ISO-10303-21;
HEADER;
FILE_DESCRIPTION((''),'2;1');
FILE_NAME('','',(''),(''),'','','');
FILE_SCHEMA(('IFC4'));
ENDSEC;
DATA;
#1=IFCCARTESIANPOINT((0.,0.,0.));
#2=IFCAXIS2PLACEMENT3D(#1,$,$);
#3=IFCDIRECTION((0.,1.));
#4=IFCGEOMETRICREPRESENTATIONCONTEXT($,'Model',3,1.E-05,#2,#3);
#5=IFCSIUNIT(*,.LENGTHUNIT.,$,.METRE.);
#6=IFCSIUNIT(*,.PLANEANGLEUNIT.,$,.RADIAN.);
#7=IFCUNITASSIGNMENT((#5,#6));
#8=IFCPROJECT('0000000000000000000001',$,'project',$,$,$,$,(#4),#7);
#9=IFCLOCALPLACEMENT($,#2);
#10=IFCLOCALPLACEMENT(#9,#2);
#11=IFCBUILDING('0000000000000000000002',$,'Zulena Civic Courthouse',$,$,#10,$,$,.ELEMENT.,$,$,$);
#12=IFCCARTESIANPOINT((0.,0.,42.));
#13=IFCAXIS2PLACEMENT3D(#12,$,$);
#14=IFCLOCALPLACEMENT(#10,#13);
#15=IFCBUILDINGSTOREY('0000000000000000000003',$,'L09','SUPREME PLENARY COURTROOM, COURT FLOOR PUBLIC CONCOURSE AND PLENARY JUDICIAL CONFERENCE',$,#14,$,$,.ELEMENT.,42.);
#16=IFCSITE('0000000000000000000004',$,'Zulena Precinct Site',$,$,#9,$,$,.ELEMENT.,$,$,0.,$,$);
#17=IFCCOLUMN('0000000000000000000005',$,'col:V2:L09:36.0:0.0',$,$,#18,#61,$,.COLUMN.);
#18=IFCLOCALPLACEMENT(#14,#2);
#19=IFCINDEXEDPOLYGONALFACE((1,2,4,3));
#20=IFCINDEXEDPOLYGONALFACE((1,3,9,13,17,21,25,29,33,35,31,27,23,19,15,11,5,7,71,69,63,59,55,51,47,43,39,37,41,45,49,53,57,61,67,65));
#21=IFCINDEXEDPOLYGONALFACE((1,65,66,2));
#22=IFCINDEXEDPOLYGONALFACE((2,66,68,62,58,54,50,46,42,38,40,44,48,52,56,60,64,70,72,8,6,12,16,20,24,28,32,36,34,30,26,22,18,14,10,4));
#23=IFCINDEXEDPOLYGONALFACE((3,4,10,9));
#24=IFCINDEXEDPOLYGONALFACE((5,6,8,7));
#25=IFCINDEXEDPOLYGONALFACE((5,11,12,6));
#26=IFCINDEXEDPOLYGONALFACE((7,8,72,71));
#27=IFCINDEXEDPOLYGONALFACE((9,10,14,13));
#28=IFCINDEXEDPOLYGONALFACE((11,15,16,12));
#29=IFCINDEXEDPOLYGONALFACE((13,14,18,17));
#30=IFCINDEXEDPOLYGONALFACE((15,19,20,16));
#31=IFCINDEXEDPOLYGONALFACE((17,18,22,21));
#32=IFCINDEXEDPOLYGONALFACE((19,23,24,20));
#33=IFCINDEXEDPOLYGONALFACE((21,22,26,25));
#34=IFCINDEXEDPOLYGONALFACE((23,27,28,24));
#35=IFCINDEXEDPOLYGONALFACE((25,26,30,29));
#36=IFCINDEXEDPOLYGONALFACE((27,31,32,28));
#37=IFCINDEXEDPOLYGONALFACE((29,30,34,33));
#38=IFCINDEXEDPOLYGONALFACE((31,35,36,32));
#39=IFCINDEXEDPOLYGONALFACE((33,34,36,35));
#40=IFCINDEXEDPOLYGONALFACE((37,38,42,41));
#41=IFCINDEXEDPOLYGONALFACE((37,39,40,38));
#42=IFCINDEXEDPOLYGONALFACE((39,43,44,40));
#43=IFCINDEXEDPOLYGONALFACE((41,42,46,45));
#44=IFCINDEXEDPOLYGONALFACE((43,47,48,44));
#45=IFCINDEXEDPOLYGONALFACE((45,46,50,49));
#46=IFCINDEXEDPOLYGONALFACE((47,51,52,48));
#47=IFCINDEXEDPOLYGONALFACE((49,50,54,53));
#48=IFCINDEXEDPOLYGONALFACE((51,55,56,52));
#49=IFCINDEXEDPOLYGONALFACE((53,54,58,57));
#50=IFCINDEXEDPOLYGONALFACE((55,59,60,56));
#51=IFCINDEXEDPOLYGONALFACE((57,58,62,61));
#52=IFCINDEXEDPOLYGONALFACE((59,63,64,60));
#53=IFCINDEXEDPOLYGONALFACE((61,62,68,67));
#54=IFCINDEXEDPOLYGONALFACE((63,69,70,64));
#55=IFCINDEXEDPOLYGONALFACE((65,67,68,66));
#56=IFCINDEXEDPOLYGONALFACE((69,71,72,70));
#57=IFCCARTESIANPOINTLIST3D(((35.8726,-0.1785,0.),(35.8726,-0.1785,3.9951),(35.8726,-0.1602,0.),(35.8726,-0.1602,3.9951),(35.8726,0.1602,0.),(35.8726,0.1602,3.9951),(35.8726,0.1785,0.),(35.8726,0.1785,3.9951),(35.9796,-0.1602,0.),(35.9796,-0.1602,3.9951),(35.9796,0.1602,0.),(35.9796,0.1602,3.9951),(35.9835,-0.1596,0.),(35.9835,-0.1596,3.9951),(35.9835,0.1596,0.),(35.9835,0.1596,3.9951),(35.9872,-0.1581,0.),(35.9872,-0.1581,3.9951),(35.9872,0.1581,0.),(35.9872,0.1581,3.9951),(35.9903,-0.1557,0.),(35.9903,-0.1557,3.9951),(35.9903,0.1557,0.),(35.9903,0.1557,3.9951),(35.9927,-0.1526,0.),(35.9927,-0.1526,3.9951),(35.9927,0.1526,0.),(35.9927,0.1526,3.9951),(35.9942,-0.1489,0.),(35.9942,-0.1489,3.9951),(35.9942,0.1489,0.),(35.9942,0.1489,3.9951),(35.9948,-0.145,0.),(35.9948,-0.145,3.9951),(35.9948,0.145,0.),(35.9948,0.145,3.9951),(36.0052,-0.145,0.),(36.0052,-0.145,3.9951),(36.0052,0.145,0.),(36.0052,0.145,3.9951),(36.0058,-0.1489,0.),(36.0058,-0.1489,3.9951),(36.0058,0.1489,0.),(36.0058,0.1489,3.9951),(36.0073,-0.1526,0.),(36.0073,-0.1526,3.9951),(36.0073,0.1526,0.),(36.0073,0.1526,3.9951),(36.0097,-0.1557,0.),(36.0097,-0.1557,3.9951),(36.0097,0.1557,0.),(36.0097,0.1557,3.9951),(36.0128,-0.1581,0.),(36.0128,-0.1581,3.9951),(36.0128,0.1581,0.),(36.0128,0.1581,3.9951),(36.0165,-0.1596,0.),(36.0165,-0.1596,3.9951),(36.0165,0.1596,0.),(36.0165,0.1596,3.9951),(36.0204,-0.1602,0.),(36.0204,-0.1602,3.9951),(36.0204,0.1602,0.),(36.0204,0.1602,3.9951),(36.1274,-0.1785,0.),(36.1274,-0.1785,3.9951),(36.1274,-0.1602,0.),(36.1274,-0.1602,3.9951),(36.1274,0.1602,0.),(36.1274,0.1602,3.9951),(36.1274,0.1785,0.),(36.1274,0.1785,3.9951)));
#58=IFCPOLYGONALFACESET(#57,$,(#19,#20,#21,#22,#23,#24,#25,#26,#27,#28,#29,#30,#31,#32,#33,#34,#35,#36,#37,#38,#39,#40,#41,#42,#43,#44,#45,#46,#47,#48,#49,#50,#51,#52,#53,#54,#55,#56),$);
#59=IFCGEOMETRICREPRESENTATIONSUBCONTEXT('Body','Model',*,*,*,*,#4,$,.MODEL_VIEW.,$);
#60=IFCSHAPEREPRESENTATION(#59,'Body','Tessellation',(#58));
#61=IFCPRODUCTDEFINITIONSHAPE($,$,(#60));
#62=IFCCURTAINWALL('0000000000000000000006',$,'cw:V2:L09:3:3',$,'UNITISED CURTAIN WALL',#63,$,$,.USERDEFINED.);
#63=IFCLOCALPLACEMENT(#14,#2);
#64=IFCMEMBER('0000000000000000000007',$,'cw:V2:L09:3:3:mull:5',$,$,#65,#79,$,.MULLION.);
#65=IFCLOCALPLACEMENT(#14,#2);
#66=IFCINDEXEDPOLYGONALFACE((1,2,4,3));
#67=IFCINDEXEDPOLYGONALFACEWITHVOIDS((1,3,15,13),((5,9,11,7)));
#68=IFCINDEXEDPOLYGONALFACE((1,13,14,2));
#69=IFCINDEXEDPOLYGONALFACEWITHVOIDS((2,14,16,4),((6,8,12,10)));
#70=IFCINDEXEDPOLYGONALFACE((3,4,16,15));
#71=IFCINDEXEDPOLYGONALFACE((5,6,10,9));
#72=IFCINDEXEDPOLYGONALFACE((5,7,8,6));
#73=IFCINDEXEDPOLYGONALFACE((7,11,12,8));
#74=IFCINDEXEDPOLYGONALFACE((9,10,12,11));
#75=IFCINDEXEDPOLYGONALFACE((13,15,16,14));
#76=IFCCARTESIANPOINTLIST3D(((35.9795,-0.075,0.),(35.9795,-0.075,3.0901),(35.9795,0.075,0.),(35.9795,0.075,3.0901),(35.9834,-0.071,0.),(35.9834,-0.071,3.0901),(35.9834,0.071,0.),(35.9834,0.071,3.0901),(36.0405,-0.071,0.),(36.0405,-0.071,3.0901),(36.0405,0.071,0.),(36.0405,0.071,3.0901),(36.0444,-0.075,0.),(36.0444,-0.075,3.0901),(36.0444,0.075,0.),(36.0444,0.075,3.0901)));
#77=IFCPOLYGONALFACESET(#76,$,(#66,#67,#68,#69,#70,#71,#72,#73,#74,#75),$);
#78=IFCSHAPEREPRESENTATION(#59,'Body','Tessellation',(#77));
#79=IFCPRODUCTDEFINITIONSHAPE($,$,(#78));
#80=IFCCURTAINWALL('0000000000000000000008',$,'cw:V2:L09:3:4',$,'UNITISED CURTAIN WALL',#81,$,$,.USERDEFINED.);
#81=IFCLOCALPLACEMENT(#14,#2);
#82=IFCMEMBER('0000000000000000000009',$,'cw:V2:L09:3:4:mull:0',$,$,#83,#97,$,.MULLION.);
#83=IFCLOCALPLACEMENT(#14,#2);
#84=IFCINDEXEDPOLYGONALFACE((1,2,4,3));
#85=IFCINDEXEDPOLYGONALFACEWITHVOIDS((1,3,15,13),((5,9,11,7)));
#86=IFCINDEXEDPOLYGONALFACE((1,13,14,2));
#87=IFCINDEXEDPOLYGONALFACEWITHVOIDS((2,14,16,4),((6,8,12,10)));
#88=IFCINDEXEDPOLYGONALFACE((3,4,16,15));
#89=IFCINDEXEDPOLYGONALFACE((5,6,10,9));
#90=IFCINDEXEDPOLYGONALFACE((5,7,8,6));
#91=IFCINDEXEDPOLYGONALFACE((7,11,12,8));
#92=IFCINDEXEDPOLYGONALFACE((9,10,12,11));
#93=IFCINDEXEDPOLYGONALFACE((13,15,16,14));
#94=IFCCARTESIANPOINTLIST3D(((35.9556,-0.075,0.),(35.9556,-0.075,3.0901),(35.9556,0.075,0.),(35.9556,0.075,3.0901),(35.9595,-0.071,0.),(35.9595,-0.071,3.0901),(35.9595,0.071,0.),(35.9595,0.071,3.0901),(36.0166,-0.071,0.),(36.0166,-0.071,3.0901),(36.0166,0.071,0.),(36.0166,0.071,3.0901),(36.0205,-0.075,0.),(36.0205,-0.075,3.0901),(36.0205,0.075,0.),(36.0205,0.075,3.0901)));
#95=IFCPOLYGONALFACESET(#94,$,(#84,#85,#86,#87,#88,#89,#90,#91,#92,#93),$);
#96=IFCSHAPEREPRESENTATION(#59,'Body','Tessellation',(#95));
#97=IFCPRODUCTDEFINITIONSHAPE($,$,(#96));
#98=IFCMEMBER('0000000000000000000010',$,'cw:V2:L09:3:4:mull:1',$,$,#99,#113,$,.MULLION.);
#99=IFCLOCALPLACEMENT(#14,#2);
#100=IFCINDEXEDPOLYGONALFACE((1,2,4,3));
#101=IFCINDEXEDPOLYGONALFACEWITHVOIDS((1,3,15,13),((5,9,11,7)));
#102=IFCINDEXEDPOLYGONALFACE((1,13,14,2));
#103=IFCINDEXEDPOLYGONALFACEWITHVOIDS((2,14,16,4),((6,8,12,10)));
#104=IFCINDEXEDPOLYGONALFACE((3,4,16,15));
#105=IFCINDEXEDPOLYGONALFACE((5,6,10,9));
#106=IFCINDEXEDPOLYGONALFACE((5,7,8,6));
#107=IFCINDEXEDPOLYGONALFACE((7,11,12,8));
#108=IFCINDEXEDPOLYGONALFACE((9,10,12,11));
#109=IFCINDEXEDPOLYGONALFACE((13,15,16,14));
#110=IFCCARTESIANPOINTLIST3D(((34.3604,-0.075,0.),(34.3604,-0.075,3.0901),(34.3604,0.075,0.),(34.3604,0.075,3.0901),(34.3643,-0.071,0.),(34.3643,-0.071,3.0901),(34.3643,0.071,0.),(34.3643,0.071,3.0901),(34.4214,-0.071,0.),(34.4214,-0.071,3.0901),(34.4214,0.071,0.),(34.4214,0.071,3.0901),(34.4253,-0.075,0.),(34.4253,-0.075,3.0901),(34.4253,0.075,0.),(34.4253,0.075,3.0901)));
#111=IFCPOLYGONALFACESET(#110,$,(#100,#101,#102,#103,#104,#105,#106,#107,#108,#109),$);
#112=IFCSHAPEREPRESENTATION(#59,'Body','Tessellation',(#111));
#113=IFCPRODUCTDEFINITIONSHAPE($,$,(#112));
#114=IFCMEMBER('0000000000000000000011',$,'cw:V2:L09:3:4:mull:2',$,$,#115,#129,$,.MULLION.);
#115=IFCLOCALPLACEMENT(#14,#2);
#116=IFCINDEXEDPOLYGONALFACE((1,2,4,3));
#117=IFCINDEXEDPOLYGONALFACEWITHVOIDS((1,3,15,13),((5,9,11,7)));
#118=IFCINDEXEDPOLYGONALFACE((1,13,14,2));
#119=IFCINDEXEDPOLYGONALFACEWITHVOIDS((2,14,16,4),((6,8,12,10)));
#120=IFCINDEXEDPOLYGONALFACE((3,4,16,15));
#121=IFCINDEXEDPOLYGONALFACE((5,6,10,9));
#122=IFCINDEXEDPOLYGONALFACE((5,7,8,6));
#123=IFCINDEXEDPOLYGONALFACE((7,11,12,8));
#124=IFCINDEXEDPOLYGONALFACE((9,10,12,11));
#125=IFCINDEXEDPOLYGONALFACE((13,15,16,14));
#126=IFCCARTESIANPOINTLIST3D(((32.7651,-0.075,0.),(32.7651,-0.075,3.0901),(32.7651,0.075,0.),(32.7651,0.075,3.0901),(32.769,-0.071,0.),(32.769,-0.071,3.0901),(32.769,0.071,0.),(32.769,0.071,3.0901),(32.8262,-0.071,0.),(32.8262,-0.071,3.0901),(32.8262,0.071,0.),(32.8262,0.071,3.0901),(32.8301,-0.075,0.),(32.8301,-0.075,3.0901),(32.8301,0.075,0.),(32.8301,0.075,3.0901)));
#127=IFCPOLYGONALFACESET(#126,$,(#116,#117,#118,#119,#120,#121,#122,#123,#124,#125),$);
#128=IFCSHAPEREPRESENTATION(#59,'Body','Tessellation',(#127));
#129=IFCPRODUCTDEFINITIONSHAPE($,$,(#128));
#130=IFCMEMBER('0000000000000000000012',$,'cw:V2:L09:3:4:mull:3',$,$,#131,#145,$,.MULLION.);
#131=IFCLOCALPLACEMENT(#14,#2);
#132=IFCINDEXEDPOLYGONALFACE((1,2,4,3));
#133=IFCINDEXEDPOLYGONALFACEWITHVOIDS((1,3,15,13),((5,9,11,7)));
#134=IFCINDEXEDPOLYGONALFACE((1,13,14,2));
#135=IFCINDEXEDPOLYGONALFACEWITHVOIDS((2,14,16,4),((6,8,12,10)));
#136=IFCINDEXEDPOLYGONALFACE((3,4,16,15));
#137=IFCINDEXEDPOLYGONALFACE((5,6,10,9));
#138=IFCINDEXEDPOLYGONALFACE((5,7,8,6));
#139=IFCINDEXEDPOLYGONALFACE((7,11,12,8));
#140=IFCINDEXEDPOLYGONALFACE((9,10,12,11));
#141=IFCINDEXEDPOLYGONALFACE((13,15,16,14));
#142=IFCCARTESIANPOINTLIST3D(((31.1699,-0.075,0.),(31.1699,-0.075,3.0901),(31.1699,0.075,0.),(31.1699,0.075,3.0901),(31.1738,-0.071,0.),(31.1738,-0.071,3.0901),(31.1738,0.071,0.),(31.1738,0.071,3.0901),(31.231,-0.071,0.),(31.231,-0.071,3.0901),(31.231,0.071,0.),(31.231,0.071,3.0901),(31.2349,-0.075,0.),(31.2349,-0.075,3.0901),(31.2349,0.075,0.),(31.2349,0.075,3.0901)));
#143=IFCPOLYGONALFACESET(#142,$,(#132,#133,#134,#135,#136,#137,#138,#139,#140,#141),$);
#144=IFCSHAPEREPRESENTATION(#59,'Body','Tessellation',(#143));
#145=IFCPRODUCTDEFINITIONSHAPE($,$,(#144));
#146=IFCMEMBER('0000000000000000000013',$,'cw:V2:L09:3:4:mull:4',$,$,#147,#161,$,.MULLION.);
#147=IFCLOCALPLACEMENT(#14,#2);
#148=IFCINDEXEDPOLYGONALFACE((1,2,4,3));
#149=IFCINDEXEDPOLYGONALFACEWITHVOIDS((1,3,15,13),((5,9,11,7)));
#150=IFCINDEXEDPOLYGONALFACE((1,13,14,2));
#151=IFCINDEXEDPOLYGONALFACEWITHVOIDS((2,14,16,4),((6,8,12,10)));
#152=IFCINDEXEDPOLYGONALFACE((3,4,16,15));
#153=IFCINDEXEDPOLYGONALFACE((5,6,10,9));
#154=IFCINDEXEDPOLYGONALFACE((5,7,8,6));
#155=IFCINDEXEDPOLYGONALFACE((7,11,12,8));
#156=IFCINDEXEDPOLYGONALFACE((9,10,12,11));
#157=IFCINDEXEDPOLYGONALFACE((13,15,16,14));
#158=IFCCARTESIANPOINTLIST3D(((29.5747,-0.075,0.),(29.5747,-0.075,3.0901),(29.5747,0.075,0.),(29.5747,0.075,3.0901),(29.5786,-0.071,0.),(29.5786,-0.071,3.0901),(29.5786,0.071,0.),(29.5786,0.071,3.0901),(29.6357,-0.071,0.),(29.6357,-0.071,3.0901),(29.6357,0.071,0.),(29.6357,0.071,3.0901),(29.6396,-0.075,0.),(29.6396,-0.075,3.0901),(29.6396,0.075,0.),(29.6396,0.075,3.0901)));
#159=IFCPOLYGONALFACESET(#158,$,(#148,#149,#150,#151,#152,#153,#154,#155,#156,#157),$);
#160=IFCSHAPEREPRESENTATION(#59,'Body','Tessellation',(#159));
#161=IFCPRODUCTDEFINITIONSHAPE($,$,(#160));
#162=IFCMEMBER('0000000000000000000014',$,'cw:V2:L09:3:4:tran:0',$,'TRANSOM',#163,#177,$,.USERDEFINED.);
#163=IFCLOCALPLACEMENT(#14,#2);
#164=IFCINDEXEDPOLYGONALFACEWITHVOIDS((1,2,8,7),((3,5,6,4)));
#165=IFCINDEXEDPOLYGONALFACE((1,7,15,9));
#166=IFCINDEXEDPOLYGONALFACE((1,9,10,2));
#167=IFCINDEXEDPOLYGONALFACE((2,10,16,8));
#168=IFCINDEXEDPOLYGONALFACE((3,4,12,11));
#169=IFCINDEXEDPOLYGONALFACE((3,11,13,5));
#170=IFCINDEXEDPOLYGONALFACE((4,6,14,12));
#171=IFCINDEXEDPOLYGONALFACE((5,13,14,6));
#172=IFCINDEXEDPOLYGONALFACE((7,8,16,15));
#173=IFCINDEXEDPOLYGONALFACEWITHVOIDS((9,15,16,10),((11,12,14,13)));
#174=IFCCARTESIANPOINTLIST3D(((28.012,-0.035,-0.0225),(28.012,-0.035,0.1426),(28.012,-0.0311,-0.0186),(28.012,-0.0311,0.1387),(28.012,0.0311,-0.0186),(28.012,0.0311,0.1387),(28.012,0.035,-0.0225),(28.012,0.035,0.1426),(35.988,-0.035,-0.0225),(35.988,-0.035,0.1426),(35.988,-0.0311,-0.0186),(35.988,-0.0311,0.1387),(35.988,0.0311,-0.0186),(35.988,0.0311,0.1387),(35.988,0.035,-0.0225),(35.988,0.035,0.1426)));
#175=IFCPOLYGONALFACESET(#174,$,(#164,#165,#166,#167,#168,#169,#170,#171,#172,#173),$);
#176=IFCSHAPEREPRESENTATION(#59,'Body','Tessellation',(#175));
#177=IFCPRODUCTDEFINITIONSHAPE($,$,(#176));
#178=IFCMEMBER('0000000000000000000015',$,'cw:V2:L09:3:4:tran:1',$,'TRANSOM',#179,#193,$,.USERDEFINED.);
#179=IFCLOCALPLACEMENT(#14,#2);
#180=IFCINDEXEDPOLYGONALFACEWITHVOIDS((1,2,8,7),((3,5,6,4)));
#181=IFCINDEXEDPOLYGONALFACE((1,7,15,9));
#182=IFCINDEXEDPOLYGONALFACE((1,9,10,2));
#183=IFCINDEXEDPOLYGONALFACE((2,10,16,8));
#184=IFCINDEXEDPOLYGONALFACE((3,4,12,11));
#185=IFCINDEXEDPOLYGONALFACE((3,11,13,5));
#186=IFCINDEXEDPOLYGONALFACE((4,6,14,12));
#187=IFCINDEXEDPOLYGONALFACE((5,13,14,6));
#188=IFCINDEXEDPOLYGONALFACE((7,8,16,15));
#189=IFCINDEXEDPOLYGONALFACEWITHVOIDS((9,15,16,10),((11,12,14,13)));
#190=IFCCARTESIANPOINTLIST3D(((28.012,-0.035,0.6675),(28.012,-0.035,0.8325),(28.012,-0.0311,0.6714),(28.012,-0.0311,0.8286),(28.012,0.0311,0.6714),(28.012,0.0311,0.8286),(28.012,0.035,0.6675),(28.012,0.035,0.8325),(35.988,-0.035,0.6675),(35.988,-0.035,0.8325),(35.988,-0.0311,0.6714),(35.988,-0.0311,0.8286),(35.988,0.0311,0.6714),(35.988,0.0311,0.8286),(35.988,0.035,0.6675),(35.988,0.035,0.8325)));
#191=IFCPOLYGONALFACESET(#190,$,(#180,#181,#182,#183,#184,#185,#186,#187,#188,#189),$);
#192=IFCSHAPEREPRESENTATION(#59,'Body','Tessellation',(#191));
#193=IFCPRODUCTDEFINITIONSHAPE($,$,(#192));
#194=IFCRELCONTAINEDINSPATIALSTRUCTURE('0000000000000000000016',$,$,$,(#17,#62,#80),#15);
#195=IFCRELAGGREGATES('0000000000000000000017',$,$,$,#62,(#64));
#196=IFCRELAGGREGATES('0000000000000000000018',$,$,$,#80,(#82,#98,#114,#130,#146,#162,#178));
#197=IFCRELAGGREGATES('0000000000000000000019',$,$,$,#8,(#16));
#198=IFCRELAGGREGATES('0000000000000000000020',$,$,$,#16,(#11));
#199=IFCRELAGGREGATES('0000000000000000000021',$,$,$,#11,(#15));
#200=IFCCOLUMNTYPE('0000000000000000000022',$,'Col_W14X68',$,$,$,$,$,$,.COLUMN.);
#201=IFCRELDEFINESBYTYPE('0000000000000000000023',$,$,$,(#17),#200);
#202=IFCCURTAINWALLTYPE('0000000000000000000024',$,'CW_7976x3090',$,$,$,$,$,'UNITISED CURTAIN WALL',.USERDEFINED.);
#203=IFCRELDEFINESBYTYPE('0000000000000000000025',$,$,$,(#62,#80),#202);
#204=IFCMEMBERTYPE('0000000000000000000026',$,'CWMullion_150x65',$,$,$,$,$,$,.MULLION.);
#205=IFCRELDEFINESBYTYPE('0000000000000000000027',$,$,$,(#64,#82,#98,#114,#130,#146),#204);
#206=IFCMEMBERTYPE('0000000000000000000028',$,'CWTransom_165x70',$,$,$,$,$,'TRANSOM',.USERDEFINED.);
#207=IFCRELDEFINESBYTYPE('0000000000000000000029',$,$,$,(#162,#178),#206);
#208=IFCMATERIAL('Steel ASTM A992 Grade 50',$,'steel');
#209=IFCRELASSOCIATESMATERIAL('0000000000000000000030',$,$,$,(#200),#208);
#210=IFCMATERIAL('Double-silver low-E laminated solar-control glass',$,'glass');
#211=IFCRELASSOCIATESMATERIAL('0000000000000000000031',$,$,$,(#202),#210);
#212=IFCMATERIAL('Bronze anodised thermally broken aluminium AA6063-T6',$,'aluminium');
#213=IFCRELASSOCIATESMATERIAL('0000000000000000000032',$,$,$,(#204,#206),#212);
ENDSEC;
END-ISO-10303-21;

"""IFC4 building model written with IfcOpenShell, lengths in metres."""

from ifc_helpers import new_model, si_unit, direction, frame, origin, origin_2d, place, context, subcontext, project, spatial, hollow_rectangle, i_section, extrude, material, material_profile, profile_set, type_object, element, aggregate, save


model = new_model("IFC4")

# Units and contexts
model_context = context("Model", 3, precision=1e-05, world=origin(), true_north=direction((0.0, 1.0)))
body_context = subcontext(model_context, "Body", "Model", "MODEL_VIEW")
ifc_project = project(units=[si_unit("LENGTHUNIT", "METRE"), si_unit("PLANEANGLEUNIT", "RADIAN")], contexts=[model_context])

# Site, building, storey
site_placement = place(None, origin())
site = spatial("IfcSite", under=ifc_project, at=site_placement, Name="Zulena Precinct Site", CompositionType="ELEMENT", RefElevation=0.0)
building_placement = place(site_placement, origin())
building = spatial("IfcBuilding", under=site, at=building_placement, Name="Zulena Civic Courthouse", CompositionType="ELEMENT")
storey_placement = place(building_placement, frame((0.0, 0.0, 42.0)))
storey = spatial("IfcBuildingStorey", under=building, at=storey_placement, Name="L09", Description="SUPREME PLENARY COURTROOM, COURT FLOOR PUBLIC CONCOURSE AND PLENARY JUDICIAL CONFERENCE", CompositionType="ELEMENT", Elevation=42.0)

# Column
ifc_material_1 = material(Name="Steel ASTM A992 Grade 50", Category="steel")
ifc_material_profile_1 = material_profile(ifc_material_1, i_section(OverallWidth=0.2549, OverallDepth=0.3569, WebThickness=0.0105, FlangeThickness=0.0183, FilletRadius=0.0151, at=origin_2d()), Name="W14X68")
ifc_profile_set_1 = profile_set([ifc_material_profile_1], Name="Steel ASTM A992 Grade 50")
column_type = type_object("IfcColumnType", Name="Col_W14X68", PredefinedType="COLUMN", material=ifc_profile_set_1)
column_placement = place(storey_placement, frame((36.0, 0.0, 0.0), z_axis=(0.0, 0.0, 1.0), x_axis=(1.0, 0.0, 0.0)))
element("IfcColumn", 1, at=column_placement, inside=storey, type_object=column_type, Name="col:V2:L09:36.0:0.0", PredefinedType="COLUMN", context=body_context, shape_type="SweptSolid", body=[
    extrude(i_section(OverallWidth=0.2549, OverallDepth=0.3569, WebThickness=0.0105, FlangeThickness=0.0183, FilletRadius=0.0151, at=origin_2d()), origin(), (0.0, 0.0, 1.0), 3.9951),
])

# Curtain wall, member
ifc_material_2 = material(Name="Double-silver low-E laminated solar-control glass", Category="glass")
curtain_wall_type = type_object("IfcCurtainWallType", Name="CW_7976x3090", ElementType="UNITISED CURTAIN WALL", PredefinedType="USERDEFINED", material=ifc_material_2)
curtain_wall_1_placement = place(storey_placement, origin())
curtain_wall_1 = element("IfcCurtainWall", 2, at=curtain_wall_1_placement, inside=storey, type_object=curtain_wall_type, Name="cw:V2:L09:3:3", ObjectType="UNITISED CURTAIN WALL", PredefinedType="USERDEFINED")
ifc_material_3 = material(Name="Bronze anodised thermally broken aluminium AA6063-T6", Category="aluminium")
ifc_material_profile_2 = material_profile(ifc_material_3, hollow_rectangle(XDim=0.0649, YDim=0.1499, WallThickness=0.0039, at=origin_2d()), Name="CWM150X65X4")
ifc_profile_set_2 = profile_set([ifc_material_profile_2], Name="Bronze anodised thermally broken aluminium AA6063-T6")
member_type_1 = type_object("IfcMemberType", Name="CWMullion_150x65", PredefinedType="MULLION", material=ifc_profile_set_2)
member_1_placement = place(storey_placement, frame((36.012, 0.0, 0.0), z_axis=(0.0, 0.0, 1.0), x_axis=(1.0, 0.0, 0.0)))
member_1 = element("IfcMember", 3, at=member_1_placement, type_object=member_type_1, Name="cw:V2:L09:3:3:mull:5", PredefinedType="MULLION", context=body_context, shape_type="SweptSolid", body=[
    extrude(hollow_rectangle(XDim=0.0649, YDim=0.1499, WallThickness=0.0039, at=origin_2d()), origin(), (0.0, 0.0, 1.0), 3.0901),
])

# Curtain wall, members
curtain_wall_2_placement = place(storey_placement, origin())
curtain_wall_2 = element("IfcCurtainWall", 4, at=curtain_wall_2_placement, inside=storey, type_object=curtain_wall_type, Name="cw:V2:L09:3:4", ObjectType="UNITISED CURTAIN WALL", PredefinedType="USERDEFINED")
member_2_placement = place(storey_placement, frame((35.988, 0.0, 0.0), z_axis=(0.0, 0.0, 1.0), x_axis=(1.0, 0.0, 0.0)))
member_2 = element("IfcMember", 5, at=member_2_placement, type_object=member_type_1, Name="cw:V2:L09:3:4:mull:0", PredefinedType="MULLION", context=body_context, shape_type="SweptSolid", body=[
    extrude(hollow_rectangle(XDim=0.0649, YDim=0.1499, WallThickness=0.0039, at=origin_2d()), origin(), (0.0, 0.0, 1.0), 3.0901),
])
member_3_placement = place(storey_placement, frame((34.3928, 0.0, 0.0), z_axis=(0.0, 0.0, 1.0), x_axis=(1.0, 0.0, 0.0)))
member_3 = element("IfcMember", 6, at=member_3_placement, type_object=member_type_1, Name="cw:V2:L09:3:4:mull:1", PredefinedType="MULLION", context=body_context, shape_type="SweptSolid", body=[
    extrude(hollow_rectangle(XDim=0.0649, YDim=0.1499, WallThickness=0.0039, at=origin_2d()), origin(), (0.0, 0.0, 1.0), 3.0901),
])
member_4_placement = place(storey_placement, frame((32.7976, 0.0, 0.0), z_axis=(0.0, 0.0, 1.0), x_axis=(1.0, 0.0, 0.0)))
member_4 = element("IfcMember", 7, at=member_4_placement, type_object=member_type_1, Name="cw:V2:L09:3:4:mull:2", PredefinedType="MULLION", context=body_context, shape_type="SweptSolid", body=[
    extrude(hollow_rectangle(XDim=0.0649, YDim=0.1499, WallThickness=0.0039, at=origin_2d()), origin(), (0.0, 0.0, 1.0), 3.0901),
])
member_5_placement = place(storey_placement, frame((31.2024, 0.0, 0.0), z_axis=(0.0, 0.0, 1.0), x_axis=(1.0, 0.0, 0.0)))
member_5 = element("IfcMember", 8, at=member_5_placement, type_object=member_type_1, Name="cw:V2:L09:3:4:mull:3", PredefinedType="MULLION", context=body_context, shape_type="SweptSolid", body=[
    extrude(hollow_rectangle(XDim=0.0649, YDim=0.1499, WallThickness=0.0039, at=origin_2d()), origin(), (0.0, 0.0, 1.0), 3.0901),
])
member_6_placement = place(storey_placement, frame((29.6072, 0.0, 0.0), z_axis=(0.0, 0.0, 1.0), x_axis=(1.0, 0.0, 0.0)))
member_6 = element("IfcMember", 9, at=member_6_placement, type_object=member_type_1, Name="cw:V2:L09:3:4:mull:4", PredefinedType="MULLION", context=body_context, shape_type="SweptSolid", body=[
    extrude(hollow_rectangle(XDim=0.0649, YDim=0.1499, WallThickness=0.0039, at=origin_2d()), origin(), (0.0, 0.0, 1.0), 3.0901),
])
ifc_material_profile_3 = material_profile(ifc_material_3, hollow_rectangle(XDim=0.0701, YDim=0.165, WallThickness=0.0039, at=origin_2d()), Name="CWT165X70X4")
ifc_profile_set_3 = profile_set([ifc_material_profile_3], Name="Bronze anodised thermally broken aluminium AA6063-T6")
member_type_2 = type_object("IfcMemberType", Name="CWTransom_165x70", ElementType="TRANSOM", PredefinedType="USERDEFINED", material=ifc_profile_set_3)
member_7_placement = place(storey_placement, frame((35.988, 0.0, 0.0601), z_axis=(-1.0, 0.0, 0.0), x_axis=(0.0, -1.0, 0.0)))
member_7 = element("IfcMember", 10, at=member_7_placement, type_object=member_type_2, Name="cw:V2:L09:3:4:tran:0", ObjectType="TRANSOM", PredefinedType="USERDEFINED", context=body_context, shape_type="SweptSolid", body=[
    extrude(hollow_rectangle(XDim=0.0701, YDim=0.165, WallThickness=0.0039, at=origin_2d()), origin(), (0.0, 0.0, 1.0), 7.9761),
])
member_8_placement = place(storey_placement, frame((35.988, 0.0, 0.75), z_axis=(-1.0, 0.0, 0.0), x_axis=(0.0, -1.0, 0.0)))
member_8 = element("IfcMember", 11, at=member_8_placement, type_object=member_type_2, Name="cw:V2:L09:3:4:tran:1", ObjectType="TRANSOM", PredefinedType="USERDEFINED", context=body_context, shape_type="SweptSolid", body=[
    extrude(hollow_rectangle(XDim=0.0701, YDim=0.165, WallThickness=0.0039, at=origin_2d()), origin(), (0.0, 0.0, 1.0), 7.9761),
])

aggregate(curtain_wall_1, [member_1])
aggregate(curtain_wall_2, [member_2, member_3, member_4, member_5, member_6, member_7, member_8])

save(model, "model.ifc")
